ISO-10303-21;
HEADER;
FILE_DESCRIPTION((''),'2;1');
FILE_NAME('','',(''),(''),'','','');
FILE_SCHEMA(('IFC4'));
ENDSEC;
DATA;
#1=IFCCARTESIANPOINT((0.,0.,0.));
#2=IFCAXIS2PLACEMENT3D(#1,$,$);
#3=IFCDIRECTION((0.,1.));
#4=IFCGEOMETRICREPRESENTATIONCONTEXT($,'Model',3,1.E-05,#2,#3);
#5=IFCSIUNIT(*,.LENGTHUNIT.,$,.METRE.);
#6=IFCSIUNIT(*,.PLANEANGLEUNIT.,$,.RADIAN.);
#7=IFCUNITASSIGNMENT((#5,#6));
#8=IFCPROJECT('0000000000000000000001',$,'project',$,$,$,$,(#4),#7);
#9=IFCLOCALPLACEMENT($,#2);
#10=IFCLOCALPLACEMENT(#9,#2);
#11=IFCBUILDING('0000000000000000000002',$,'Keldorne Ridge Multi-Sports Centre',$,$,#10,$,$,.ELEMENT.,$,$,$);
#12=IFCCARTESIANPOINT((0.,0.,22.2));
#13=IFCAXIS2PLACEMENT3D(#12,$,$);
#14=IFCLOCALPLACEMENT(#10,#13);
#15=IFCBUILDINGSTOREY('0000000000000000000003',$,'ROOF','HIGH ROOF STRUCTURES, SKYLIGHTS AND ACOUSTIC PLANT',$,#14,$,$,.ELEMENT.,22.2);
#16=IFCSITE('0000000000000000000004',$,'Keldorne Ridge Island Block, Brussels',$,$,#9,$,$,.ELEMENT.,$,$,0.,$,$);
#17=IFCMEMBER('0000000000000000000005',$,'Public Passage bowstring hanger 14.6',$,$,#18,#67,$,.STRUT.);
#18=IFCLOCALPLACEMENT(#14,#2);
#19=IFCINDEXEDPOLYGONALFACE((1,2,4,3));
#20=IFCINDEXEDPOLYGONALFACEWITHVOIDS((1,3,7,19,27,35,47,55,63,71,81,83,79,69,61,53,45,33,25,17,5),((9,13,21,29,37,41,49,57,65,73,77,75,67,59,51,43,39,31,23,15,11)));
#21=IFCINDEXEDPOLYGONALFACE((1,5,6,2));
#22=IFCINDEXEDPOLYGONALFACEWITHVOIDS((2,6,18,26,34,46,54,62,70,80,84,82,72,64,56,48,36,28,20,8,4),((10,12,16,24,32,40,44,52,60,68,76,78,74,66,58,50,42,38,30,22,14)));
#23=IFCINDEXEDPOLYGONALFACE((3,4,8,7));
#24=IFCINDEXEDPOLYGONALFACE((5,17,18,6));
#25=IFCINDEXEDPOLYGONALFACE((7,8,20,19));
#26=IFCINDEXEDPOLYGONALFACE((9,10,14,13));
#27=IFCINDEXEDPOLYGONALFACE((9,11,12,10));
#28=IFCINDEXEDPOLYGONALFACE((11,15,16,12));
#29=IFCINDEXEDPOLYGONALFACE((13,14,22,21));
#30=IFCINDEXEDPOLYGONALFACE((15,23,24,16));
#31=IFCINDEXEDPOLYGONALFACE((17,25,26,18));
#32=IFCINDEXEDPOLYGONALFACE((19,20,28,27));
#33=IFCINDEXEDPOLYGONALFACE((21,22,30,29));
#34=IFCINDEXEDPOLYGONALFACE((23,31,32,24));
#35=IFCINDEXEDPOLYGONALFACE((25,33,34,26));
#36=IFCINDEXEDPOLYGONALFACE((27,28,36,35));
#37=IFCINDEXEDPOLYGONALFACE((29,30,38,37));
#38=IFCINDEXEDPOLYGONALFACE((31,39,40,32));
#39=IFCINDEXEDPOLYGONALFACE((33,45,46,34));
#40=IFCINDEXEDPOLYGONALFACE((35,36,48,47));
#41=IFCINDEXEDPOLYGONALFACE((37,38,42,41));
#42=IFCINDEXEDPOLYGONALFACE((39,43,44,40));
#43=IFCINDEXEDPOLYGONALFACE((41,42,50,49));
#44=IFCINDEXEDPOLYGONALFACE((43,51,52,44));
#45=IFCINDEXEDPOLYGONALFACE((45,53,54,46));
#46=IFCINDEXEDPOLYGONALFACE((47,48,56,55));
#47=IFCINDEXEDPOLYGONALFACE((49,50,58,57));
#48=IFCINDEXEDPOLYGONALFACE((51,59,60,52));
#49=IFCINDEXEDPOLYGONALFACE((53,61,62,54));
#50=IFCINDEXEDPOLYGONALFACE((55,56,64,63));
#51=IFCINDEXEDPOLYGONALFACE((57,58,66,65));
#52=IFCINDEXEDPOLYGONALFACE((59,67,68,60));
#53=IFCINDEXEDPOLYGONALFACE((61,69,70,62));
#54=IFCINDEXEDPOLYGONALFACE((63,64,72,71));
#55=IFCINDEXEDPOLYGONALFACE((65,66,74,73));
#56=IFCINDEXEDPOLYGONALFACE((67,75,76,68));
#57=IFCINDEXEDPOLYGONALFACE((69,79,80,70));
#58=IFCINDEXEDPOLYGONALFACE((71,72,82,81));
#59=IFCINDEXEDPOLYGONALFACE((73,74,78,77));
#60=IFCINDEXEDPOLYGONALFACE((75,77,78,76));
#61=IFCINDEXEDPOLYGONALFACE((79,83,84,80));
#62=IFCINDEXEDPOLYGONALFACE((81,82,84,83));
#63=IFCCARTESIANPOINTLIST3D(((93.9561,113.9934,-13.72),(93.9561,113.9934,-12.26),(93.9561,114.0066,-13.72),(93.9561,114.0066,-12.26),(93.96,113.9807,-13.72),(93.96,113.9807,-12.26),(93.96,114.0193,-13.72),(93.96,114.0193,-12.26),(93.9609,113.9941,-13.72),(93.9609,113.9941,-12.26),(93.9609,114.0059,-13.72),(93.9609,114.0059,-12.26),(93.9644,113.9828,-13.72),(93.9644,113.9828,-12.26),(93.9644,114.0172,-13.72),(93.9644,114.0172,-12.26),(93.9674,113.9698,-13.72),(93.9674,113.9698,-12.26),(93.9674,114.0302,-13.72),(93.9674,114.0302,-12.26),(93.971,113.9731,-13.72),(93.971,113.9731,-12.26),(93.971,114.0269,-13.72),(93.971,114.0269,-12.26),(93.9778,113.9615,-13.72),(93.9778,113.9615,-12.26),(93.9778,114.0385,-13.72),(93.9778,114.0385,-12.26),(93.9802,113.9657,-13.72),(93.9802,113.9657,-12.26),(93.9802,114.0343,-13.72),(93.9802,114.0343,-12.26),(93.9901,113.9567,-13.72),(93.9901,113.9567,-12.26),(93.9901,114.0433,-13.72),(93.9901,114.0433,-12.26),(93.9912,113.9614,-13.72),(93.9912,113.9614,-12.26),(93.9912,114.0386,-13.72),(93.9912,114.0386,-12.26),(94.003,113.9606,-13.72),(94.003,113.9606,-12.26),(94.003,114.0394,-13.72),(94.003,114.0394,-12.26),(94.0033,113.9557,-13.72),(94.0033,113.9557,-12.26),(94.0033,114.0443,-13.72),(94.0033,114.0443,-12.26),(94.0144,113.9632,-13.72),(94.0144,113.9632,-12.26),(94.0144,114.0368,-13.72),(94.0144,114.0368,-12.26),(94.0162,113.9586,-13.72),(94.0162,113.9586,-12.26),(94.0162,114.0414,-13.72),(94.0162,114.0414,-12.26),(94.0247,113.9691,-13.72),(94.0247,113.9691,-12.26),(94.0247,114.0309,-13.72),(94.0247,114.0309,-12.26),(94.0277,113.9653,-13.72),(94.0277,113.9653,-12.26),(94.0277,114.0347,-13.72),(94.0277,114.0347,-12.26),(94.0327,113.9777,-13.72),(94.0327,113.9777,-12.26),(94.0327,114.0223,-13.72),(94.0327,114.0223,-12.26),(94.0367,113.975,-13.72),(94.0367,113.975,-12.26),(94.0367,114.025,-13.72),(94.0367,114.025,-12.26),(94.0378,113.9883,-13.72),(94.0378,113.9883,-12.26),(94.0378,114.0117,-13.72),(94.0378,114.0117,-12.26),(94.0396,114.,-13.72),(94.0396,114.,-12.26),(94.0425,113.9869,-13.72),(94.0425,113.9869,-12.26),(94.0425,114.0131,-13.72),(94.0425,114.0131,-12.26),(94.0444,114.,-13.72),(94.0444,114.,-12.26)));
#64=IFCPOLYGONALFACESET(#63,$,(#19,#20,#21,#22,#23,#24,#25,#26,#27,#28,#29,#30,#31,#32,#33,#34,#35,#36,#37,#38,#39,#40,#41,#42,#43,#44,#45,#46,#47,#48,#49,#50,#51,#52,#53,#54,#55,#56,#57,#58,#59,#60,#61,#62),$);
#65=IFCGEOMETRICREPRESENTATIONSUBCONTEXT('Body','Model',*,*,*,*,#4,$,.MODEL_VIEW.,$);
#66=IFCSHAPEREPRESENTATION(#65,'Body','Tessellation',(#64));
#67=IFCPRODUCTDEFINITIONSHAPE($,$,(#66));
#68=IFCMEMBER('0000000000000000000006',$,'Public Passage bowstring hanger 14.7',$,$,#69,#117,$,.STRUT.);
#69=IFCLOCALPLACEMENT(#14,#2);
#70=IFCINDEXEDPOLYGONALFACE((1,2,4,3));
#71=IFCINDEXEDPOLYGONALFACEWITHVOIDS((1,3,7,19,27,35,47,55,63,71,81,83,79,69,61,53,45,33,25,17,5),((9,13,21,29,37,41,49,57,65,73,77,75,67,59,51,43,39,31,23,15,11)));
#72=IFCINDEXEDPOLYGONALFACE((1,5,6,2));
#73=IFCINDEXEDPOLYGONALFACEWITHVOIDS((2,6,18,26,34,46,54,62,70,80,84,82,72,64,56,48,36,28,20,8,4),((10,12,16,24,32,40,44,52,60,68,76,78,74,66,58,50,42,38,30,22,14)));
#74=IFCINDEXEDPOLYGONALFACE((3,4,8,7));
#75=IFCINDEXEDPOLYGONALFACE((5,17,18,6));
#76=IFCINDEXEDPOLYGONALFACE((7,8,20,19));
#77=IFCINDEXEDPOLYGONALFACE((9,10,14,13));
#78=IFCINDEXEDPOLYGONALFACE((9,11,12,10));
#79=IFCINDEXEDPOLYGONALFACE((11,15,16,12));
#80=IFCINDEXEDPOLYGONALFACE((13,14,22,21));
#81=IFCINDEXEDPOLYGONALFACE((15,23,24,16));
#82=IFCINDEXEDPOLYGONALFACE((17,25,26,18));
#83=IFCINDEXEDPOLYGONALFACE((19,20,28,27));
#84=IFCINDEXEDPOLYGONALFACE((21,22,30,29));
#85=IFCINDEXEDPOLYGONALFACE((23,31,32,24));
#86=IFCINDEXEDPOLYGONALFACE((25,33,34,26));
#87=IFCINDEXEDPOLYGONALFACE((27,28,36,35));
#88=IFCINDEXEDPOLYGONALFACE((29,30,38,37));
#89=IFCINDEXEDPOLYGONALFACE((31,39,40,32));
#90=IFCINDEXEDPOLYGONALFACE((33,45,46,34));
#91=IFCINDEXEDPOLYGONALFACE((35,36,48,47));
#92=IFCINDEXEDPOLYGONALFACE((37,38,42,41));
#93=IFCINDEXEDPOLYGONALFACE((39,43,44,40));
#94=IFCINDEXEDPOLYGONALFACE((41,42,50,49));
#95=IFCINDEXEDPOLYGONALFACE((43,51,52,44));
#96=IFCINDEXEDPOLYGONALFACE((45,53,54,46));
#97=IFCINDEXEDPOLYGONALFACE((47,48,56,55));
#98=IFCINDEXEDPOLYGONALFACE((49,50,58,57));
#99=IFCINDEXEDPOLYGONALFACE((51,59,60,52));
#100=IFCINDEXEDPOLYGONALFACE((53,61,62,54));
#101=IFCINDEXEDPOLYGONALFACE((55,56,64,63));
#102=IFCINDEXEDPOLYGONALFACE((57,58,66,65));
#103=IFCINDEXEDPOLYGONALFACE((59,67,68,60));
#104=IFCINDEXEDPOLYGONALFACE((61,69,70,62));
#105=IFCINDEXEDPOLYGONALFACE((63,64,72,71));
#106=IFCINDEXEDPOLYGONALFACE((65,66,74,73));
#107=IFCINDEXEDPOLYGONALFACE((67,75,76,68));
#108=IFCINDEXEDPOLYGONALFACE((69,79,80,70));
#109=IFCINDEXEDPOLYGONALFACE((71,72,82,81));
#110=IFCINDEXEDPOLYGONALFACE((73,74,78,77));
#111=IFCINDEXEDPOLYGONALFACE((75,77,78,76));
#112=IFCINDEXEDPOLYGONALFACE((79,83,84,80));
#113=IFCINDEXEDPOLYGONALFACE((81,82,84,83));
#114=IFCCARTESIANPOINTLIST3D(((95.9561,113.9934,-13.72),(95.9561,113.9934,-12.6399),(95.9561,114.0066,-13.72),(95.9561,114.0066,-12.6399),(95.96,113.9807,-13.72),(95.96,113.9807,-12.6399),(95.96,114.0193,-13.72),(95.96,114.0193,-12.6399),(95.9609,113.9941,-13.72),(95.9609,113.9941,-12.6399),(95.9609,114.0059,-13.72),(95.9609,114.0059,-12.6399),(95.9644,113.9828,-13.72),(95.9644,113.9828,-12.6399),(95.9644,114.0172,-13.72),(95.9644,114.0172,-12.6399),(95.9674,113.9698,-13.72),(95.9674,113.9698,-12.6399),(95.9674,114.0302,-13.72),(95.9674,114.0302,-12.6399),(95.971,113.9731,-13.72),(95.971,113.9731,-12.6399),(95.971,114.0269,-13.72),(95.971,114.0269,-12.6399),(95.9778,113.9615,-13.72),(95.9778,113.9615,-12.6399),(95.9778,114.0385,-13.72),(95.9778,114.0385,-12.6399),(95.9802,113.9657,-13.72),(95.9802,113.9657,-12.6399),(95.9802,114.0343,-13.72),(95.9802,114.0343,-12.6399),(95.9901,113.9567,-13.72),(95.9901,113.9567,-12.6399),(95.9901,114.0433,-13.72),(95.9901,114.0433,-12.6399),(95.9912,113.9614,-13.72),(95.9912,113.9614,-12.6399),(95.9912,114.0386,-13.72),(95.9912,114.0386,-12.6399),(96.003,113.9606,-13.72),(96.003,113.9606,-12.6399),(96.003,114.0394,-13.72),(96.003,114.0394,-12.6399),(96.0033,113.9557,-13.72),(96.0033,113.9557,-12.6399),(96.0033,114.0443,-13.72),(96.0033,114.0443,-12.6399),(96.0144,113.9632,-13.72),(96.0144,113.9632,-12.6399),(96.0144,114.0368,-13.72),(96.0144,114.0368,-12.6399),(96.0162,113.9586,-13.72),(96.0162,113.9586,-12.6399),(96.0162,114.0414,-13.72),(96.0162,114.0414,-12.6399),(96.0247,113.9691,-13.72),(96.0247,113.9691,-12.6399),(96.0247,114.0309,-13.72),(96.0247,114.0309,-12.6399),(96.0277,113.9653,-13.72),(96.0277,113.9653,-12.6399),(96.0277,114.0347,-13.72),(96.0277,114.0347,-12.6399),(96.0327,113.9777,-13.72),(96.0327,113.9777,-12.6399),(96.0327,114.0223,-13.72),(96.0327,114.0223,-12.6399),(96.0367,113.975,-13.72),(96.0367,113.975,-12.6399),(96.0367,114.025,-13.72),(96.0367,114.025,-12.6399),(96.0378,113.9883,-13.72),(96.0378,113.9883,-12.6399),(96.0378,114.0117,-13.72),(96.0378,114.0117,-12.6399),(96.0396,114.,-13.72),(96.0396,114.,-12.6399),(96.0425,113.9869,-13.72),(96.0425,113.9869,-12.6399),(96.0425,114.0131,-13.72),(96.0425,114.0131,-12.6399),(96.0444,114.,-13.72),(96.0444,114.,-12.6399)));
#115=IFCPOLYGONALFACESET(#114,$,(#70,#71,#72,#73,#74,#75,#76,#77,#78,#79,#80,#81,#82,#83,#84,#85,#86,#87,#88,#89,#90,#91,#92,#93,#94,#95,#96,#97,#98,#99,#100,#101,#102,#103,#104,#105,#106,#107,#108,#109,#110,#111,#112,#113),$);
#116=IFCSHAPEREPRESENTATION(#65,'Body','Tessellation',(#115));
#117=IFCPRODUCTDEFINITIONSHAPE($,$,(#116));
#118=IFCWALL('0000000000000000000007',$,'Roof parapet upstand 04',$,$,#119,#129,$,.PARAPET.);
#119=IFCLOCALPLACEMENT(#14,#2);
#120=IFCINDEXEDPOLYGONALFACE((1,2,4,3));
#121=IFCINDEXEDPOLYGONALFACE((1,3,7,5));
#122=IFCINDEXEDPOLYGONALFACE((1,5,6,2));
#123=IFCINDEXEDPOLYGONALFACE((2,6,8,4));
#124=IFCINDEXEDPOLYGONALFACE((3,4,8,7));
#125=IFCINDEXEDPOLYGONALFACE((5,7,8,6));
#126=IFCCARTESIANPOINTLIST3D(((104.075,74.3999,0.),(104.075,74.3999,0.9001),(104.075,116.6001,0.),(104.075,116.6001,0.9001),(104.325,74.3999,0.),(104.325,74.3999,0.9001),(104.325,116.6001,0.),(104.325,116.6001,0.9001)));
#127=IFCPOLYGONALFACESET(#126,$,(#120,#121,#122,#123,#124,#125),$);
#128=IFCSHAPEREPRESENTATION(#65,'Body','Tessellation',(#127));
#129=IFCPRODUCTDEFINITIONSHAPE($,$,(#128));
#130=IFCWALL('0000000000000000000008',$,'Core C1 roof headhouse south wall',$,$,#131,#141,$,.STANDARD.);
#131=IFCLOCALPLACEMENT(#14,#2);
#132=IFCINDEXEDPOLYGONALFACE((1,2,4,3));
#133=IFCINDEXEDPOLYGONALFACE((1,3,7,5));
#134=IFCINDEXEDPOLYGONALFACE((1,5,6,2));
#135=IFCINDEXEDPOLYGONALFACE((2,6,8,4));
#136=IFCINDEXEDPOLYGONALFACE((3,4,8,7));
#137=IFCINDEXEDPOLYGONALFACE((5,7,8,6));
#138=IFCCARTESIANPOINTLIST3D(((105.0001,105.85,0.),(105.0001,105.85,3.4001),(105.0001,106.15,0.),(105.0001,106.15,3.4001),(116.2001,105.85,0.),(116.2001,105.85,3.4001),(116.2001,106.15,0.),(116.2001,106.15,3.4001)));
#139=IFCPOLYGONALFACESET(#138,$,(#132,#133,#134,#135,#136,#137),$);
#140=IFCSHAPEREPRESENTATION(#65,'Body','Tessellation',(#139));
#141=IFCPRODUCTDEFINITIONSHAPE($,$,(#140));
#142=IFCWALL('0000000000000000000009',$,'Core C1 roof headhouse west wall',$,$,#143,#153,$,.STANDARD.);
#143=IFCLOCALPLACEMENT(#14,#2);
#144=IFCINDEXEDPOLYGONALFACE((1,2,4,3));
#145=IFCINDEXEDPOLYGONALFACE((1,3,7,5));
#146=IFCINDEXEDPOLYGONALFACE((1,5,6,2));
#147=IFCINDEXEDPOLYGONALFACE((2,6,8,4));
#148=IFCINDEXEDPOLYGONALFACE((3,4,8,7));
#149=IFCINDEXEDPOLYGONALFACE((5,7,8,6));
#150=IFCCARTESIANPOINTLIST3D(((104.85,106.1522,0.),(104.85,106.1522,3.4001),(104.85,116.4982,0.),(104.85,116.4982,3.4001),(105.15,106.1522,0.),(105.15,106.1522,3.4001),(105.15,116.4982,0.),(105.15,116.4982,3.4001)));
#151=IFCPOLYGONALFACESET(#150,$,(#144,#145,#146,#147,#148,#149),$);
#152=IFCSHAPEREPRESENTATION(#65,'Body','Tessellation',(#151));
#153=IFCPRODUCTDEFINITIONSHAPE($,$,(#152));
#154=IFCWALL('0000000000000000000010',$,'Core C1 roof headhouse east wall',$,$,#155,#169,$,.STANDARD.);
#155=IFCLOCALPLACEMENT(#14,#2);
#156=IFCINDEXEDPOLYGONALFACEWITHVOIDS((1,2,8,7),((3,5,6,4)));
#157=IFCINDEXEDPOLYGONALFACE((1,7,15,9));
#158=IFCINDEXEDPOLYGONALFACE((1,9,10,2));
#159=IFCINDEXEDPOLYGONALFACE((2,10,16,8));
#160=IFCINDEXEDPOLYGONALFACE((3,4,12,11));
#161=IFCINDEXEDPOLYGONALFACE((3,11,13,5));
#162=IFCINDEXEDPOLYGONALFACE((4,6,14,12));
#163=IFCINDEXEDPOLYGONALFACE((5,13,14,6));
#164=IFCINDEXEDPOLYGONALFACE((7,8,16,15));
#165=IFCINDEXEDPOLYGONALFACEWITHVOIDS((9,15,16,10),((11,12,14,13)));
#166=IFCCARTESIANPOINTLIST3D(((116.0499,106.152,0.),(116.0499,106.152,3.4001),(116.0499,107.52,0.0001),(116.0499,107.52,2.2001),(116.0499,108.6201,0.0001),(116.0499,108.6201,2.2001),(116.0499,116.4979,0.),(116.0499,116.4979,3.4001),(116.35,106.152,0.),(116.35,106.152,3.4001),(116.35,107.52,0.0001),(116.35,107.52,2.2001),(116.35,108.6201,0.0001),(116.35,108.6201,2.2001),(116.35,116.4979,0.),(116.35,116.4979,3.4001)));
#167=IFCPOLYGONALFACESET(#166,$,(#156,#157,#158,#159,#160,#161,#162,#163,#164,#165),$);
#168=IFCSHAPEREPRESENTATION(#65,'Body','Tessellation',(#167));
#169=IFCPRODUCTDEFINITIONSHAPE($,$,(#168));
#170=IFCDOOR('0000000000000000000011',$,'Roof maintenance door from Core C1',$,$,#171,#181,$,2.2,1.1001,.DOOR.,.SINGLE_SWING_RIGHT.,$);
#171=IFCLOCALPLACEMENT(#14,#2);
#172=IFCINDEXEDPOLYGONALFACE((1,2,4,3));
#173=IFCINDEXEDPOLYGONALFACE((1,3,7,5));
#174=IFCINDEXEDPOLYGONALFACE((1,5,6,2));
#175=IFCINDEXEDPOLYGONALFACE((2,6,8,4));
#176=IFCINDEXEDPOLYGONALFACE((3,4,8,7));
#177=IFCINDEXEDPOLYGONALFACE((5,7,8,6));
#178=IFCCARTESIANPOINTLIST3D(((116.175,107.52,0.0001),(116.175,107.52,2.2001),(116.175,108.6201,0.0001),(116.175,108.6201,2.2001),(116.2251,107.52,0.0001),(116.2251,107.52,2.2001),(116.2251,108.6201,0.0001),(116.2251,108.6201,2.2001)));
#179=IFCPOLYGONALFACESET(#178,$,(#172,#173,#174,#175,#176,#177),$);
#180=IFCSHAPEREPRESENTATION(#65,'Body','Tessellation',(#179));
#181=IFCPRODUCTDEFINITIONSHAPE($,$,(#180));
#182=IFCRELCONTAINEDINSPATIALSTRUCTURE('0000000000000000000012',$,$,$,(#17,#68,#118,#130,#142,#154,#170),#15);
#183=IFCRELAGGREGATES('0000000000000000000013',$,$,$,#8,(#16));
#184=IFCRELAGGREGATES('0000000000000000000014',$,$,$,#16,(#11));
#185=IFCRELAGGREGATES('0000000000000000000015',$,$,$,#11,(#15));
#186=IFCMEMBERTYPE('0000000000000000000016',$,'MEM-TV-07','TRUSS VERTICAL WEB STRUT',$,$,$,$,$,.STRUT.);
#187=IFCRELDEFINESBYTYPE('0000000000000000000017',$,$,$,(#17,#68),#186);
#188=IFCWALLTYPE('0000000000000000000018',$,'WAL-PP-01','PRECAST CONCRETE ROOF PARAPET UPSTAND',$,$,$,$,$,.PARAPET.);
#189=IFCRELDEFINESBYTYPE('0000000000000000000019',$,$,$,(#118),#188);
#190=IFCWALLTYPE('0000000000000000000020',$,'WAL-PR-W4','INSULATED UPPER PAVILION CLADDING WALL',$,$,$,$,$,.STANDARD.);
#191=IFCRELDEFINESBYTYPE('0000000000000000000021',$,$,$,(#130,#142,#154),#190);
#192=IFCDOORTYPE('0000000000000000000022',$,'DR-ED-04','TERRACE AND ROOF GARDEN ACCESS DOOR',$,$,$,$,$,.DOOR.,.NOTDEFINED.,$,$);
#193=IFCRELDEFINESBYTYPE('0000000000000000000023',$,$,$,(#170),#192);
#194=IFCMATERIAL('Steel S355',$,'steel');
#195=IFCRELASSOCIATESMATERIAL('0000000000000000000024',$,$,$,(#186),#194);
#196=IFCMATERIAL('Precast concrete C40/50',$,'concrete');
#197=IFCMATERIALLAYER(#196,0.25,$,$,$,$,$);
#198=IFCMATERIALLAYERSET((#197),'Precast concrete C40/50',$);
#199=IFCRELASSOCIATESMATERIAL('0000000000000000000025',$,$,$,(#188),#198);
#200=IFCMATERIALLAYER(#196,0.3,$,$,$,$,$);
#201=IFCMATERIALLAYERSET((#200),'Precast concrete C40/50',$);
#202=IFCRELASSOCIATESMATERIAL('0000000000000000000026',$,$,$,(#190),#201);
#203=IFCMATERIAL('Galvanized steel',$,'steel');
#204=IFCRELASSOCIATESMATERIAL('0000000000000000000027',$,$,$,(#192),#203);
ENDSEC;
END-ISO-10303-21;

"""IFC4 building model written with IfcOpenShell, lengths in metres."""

from ifc_helpers import new_model, si_unit, direction, frame, frame_2d, origin, origin_2d, place, context, subcontext, project, spatial, rectangle, hollow_circle, extrude, material, layer, layer_set, material_profile, profile_set, type_object, element, fill, save


model = new_model("IFC4")

# Units and contexts
model_context = context("Model", 3, precision=1e-05, world=origin(), true_north=direction((0.0, 1.0)))
body_context = subcontext(model_context, "Body", "Model", "MODEL_VIEW")
ifc_project = project(units=[si_unit("LENGTHUNIT", "METRE"), si_unit("PLANEANGLEUNIT", "RADIAN")], contexts=[model_context])

# Site, building, storey
site_placement = place(None, origin())
site = spatial("IfcSite", under=ifc_project, at=site_placement, Name="Keldorne Ridge Island Block, Brussels", CompositionType="ELEMENT", RefElevation=0.0)
building_placement = place(site_placement, origin())
building = spatial("IfcBuilding", under=site, at=building_placement, Name="Keldorne Ridge Multi-Sports Centre", CompositionType="ELEMENT")
storey_placement = place(building_placement, frame((0.0, 0.0, 22.2)))
storey = spatial("IfcBuildingStorey", under=building, at=storey_placement, Name="ROOF", Description="HIGH ROOF STRUCTURES, SKYLIGHTS AND ACOUSTIC PLANT", CompositionType="ELEMENT", Elevation=22.2)

# Shared definitions
ifc_material_1 = material(Name="Steel S355", Category="steel")

# Members
ifc_material_profile_1 = material_profile(ifc_material_1, hollow_circle(Radius=0.0444, WallThickness=0.0049, at=origin_2d()), Name="CHS 88.9x5")
ifc_profile_set_1 = profile_set([ifc_material_profile_1], Name="Steel S355")
member_type_1 = type_object("IfcMemberType", Name="MEM-TV-07", Description="TRUSS VERTICAL WEB STRUT", PredefinedType="STRUT", material=ifc_profile_set_1)
member_1_placement = place(storey_placement, frame((94.0, 114.0, -13.72), z_axis=(0.0, 0.0, 1.0), x_axis=(1.0, 0.0, 0.0)))
element("IfcMember", 1, at=member_1_placement, inside=storey, type_object=member_type_1, Name="Public Passage bowstring hanger 14.6", PredefinedType="STRUT", context=body_context, shape_type="SweptSolid", body=[
    extrude(hollow_circle(Radius=0.0444, WallThickness=0.0049, at=origin_2d()), origin(), (0.0, 0.0, 1.0), 1.46),
])
member_2_placement = place(storey_placement, frame((96.0, 114.0, -13.72), z_axis=(0.0, 0.0, 1.0), x_axis=(1.0, 0.0, 0.0)))
element("IfcMember", 2, at=member_2_placement, inside=storey, type_object=member_type_1, Name="Public Passage bowstring hanger 14.7", PredefinedType="STRUT", context=body_context, shape_type="SweptSolid", body=[
    extrude(hollow_circle(Radius=0.0444, WallThickness=0.0049, at=origin_2d()), origin(), (0.0, 0.0, 1.0), 1.0801),
])

# Walls
ifc_material_2 = material(Name="Precast concrete C40/50", Category="concrete")
ifc_layer_1 = layer(ifc_material_2, 0.25)
ifc_layer_set_1 = layer_set([ifc_layer_1], Name="Precast concrete C40/50")
wall_type_1 = type_object("IfcWallType", Name="WAL-PP-01", Description="PRECAST CONCRETE ROOF PARAPET UPSTAND", PredefinedType="PARAPET", material=ifc_layer_set_1)
wall_1_placement = place(storey_placement, frame((104.2, 116.6001, 0.0), z_axis=(0.0, 0.0, 1.0), x_axis=(0.0, -1.0, 0.0)))
element("IfcWall", 3, at=wall_1_placement, inside=storey, type_object=wall_type_1, Name="Roof parapet upstand 04", PredefinedType="PARAPET", context=body_context, shape_type="SweptSolid", body=[
    extrude(rectangle(XDim=42.2002, YDim=0.25, at=frame_2d((21.1001, 0.0))), origin(), (0.0, 0.0, 1.0), 0.9001),
])
ifc_layer_2 = layer(ifc_material_2, 0.3)
ifc_layer_set_2 = layer_set([ifc_layer_2], Name="Precast concrete C40/50")
wall_type_2 = type_object("IfcWallType", Name="WAL-PR-W4", Description="INSULATED UPPER PAVILION CLADDING WALL", PredefinedType="STANDARD", material=ifc_layer_set_2)
wall_2_placement = place(storey_placement, frame((105.0, 106.0, 0.0), z_axis=(0.0, 0.0, 1.0), x_axis=(1.0, 0.0, 0.0)))
element("IfcWall", 4, at=wall_2_placement, inside=storey, type_object=wall_type_2, Name="Core C1 roof headhouse south wall", PredefinedType="STANDARD", context=body_context, shape_type="SweptSolid", body=[
    extrude(rectangle(XDim=11.2, YDim=0.3, at=frame_2d((5.6001, 0.0))), origin(), (0.0, 0.0, 1.0), 3.4001),
])
wall_3_placement = place(storey_placement, frame((105.0, 116.498, 0.0), z_axis=(0.0, 0.0, 1.0), x_axis=(0.0, -1.0, 0.0)))
element("IfcWall", 5, at=wall_3_placement, inside=storey, type_object=wall_type_2, Name="Core C1 roof headhouse west wall", PredefinedType="STANDARD", context=body_context, shape_type="SweptSolid", body=[
    extrude(rectangle(XDim=10.3459, YDim=0.3, at=frame_2d((5.1729, 0.0))), origin(), (0.0, 0.0, 1.0), 3.4001),
])

# Wall, opening, door
wall_4_placement = place(storey_placement, frame((116.2, 106.1521, 0.0), z_axis=(0.0, 0.0, 1.0), x_axis=(0.0, 1.0, 0.0)))
wall_4 = element("IfcWall", 6, at=wall_4_placement, inside=storey, type_object=wall_type_2, Name="Core C1 roof headhouse east wall", PredefinedType="STANDARD", context=body_context, shape_type="SweptSolid", body=[
    extrude(rectangle(XDim=10.3459, YDim=0.3, at=frame_2d((5.1729, 0.0))), origin(), (0.0, 0.0, 1.0), 3.4001),
])
opening_1_placement = place(wall_4_placement, frame((1.3679, 0.0, 0.0)))
opening_1 = element("IfcOpeningElement", 7, at=opening_1_placement, cuts=wall_4, PredefinedType="OPENING", context=body_context, shape_type="SweptSolid", body=[
    extrude(rectangle(XDim=1.1001, YDim=2.2, at=frame_2d((0.55, 1.1001))), frame((0.0, 0.1602, 0.0), z_axis=(0.0, -1.0, 0.0), x_axis=(1.0, 0.0, 0.0)), (0.0, 0.0, 1.0), 0.3201),
])
ifc_material_3 = material(Name="Galvanized steel", Category="steel")
door_type_1 = type_object("IfcDoorType", Name="DR-ED-04", Description="TERRACE AND ROOF GARDEN ACCESS DOOR", OperationType="NOTDEFINED", PredefinedType="DOOR", material=ifc_material_3)
door_1_placement = place(opening_1_placement, origin())
door_1 = element("IfcDoor", 8, at=door_1_placement, inside=storey, type_object=door_type_1, Name="Roof maintenance door from Core C1", OperationType="SINGLE_SWING_RIGHT", OverallHeight=2.2, OverallWidth=1.1001, PredefinedType="DOOR", context=body_context, shape_type="SweptSolid", body=[
    extrude(rectangle(XDim=1.1001, YDim=2.2, at=frame_2d((0.55, 1.1001))), frame((0.0, 0.0249, 0.0), z_axis=(0.0, -1.0, 0.0), x_axis=(1.0, 0.0, 0.0)), (0.0, 0.0, 1.0), 0.05),
])
fill(opening_1, door_1)

save(model, "model.ifc")
